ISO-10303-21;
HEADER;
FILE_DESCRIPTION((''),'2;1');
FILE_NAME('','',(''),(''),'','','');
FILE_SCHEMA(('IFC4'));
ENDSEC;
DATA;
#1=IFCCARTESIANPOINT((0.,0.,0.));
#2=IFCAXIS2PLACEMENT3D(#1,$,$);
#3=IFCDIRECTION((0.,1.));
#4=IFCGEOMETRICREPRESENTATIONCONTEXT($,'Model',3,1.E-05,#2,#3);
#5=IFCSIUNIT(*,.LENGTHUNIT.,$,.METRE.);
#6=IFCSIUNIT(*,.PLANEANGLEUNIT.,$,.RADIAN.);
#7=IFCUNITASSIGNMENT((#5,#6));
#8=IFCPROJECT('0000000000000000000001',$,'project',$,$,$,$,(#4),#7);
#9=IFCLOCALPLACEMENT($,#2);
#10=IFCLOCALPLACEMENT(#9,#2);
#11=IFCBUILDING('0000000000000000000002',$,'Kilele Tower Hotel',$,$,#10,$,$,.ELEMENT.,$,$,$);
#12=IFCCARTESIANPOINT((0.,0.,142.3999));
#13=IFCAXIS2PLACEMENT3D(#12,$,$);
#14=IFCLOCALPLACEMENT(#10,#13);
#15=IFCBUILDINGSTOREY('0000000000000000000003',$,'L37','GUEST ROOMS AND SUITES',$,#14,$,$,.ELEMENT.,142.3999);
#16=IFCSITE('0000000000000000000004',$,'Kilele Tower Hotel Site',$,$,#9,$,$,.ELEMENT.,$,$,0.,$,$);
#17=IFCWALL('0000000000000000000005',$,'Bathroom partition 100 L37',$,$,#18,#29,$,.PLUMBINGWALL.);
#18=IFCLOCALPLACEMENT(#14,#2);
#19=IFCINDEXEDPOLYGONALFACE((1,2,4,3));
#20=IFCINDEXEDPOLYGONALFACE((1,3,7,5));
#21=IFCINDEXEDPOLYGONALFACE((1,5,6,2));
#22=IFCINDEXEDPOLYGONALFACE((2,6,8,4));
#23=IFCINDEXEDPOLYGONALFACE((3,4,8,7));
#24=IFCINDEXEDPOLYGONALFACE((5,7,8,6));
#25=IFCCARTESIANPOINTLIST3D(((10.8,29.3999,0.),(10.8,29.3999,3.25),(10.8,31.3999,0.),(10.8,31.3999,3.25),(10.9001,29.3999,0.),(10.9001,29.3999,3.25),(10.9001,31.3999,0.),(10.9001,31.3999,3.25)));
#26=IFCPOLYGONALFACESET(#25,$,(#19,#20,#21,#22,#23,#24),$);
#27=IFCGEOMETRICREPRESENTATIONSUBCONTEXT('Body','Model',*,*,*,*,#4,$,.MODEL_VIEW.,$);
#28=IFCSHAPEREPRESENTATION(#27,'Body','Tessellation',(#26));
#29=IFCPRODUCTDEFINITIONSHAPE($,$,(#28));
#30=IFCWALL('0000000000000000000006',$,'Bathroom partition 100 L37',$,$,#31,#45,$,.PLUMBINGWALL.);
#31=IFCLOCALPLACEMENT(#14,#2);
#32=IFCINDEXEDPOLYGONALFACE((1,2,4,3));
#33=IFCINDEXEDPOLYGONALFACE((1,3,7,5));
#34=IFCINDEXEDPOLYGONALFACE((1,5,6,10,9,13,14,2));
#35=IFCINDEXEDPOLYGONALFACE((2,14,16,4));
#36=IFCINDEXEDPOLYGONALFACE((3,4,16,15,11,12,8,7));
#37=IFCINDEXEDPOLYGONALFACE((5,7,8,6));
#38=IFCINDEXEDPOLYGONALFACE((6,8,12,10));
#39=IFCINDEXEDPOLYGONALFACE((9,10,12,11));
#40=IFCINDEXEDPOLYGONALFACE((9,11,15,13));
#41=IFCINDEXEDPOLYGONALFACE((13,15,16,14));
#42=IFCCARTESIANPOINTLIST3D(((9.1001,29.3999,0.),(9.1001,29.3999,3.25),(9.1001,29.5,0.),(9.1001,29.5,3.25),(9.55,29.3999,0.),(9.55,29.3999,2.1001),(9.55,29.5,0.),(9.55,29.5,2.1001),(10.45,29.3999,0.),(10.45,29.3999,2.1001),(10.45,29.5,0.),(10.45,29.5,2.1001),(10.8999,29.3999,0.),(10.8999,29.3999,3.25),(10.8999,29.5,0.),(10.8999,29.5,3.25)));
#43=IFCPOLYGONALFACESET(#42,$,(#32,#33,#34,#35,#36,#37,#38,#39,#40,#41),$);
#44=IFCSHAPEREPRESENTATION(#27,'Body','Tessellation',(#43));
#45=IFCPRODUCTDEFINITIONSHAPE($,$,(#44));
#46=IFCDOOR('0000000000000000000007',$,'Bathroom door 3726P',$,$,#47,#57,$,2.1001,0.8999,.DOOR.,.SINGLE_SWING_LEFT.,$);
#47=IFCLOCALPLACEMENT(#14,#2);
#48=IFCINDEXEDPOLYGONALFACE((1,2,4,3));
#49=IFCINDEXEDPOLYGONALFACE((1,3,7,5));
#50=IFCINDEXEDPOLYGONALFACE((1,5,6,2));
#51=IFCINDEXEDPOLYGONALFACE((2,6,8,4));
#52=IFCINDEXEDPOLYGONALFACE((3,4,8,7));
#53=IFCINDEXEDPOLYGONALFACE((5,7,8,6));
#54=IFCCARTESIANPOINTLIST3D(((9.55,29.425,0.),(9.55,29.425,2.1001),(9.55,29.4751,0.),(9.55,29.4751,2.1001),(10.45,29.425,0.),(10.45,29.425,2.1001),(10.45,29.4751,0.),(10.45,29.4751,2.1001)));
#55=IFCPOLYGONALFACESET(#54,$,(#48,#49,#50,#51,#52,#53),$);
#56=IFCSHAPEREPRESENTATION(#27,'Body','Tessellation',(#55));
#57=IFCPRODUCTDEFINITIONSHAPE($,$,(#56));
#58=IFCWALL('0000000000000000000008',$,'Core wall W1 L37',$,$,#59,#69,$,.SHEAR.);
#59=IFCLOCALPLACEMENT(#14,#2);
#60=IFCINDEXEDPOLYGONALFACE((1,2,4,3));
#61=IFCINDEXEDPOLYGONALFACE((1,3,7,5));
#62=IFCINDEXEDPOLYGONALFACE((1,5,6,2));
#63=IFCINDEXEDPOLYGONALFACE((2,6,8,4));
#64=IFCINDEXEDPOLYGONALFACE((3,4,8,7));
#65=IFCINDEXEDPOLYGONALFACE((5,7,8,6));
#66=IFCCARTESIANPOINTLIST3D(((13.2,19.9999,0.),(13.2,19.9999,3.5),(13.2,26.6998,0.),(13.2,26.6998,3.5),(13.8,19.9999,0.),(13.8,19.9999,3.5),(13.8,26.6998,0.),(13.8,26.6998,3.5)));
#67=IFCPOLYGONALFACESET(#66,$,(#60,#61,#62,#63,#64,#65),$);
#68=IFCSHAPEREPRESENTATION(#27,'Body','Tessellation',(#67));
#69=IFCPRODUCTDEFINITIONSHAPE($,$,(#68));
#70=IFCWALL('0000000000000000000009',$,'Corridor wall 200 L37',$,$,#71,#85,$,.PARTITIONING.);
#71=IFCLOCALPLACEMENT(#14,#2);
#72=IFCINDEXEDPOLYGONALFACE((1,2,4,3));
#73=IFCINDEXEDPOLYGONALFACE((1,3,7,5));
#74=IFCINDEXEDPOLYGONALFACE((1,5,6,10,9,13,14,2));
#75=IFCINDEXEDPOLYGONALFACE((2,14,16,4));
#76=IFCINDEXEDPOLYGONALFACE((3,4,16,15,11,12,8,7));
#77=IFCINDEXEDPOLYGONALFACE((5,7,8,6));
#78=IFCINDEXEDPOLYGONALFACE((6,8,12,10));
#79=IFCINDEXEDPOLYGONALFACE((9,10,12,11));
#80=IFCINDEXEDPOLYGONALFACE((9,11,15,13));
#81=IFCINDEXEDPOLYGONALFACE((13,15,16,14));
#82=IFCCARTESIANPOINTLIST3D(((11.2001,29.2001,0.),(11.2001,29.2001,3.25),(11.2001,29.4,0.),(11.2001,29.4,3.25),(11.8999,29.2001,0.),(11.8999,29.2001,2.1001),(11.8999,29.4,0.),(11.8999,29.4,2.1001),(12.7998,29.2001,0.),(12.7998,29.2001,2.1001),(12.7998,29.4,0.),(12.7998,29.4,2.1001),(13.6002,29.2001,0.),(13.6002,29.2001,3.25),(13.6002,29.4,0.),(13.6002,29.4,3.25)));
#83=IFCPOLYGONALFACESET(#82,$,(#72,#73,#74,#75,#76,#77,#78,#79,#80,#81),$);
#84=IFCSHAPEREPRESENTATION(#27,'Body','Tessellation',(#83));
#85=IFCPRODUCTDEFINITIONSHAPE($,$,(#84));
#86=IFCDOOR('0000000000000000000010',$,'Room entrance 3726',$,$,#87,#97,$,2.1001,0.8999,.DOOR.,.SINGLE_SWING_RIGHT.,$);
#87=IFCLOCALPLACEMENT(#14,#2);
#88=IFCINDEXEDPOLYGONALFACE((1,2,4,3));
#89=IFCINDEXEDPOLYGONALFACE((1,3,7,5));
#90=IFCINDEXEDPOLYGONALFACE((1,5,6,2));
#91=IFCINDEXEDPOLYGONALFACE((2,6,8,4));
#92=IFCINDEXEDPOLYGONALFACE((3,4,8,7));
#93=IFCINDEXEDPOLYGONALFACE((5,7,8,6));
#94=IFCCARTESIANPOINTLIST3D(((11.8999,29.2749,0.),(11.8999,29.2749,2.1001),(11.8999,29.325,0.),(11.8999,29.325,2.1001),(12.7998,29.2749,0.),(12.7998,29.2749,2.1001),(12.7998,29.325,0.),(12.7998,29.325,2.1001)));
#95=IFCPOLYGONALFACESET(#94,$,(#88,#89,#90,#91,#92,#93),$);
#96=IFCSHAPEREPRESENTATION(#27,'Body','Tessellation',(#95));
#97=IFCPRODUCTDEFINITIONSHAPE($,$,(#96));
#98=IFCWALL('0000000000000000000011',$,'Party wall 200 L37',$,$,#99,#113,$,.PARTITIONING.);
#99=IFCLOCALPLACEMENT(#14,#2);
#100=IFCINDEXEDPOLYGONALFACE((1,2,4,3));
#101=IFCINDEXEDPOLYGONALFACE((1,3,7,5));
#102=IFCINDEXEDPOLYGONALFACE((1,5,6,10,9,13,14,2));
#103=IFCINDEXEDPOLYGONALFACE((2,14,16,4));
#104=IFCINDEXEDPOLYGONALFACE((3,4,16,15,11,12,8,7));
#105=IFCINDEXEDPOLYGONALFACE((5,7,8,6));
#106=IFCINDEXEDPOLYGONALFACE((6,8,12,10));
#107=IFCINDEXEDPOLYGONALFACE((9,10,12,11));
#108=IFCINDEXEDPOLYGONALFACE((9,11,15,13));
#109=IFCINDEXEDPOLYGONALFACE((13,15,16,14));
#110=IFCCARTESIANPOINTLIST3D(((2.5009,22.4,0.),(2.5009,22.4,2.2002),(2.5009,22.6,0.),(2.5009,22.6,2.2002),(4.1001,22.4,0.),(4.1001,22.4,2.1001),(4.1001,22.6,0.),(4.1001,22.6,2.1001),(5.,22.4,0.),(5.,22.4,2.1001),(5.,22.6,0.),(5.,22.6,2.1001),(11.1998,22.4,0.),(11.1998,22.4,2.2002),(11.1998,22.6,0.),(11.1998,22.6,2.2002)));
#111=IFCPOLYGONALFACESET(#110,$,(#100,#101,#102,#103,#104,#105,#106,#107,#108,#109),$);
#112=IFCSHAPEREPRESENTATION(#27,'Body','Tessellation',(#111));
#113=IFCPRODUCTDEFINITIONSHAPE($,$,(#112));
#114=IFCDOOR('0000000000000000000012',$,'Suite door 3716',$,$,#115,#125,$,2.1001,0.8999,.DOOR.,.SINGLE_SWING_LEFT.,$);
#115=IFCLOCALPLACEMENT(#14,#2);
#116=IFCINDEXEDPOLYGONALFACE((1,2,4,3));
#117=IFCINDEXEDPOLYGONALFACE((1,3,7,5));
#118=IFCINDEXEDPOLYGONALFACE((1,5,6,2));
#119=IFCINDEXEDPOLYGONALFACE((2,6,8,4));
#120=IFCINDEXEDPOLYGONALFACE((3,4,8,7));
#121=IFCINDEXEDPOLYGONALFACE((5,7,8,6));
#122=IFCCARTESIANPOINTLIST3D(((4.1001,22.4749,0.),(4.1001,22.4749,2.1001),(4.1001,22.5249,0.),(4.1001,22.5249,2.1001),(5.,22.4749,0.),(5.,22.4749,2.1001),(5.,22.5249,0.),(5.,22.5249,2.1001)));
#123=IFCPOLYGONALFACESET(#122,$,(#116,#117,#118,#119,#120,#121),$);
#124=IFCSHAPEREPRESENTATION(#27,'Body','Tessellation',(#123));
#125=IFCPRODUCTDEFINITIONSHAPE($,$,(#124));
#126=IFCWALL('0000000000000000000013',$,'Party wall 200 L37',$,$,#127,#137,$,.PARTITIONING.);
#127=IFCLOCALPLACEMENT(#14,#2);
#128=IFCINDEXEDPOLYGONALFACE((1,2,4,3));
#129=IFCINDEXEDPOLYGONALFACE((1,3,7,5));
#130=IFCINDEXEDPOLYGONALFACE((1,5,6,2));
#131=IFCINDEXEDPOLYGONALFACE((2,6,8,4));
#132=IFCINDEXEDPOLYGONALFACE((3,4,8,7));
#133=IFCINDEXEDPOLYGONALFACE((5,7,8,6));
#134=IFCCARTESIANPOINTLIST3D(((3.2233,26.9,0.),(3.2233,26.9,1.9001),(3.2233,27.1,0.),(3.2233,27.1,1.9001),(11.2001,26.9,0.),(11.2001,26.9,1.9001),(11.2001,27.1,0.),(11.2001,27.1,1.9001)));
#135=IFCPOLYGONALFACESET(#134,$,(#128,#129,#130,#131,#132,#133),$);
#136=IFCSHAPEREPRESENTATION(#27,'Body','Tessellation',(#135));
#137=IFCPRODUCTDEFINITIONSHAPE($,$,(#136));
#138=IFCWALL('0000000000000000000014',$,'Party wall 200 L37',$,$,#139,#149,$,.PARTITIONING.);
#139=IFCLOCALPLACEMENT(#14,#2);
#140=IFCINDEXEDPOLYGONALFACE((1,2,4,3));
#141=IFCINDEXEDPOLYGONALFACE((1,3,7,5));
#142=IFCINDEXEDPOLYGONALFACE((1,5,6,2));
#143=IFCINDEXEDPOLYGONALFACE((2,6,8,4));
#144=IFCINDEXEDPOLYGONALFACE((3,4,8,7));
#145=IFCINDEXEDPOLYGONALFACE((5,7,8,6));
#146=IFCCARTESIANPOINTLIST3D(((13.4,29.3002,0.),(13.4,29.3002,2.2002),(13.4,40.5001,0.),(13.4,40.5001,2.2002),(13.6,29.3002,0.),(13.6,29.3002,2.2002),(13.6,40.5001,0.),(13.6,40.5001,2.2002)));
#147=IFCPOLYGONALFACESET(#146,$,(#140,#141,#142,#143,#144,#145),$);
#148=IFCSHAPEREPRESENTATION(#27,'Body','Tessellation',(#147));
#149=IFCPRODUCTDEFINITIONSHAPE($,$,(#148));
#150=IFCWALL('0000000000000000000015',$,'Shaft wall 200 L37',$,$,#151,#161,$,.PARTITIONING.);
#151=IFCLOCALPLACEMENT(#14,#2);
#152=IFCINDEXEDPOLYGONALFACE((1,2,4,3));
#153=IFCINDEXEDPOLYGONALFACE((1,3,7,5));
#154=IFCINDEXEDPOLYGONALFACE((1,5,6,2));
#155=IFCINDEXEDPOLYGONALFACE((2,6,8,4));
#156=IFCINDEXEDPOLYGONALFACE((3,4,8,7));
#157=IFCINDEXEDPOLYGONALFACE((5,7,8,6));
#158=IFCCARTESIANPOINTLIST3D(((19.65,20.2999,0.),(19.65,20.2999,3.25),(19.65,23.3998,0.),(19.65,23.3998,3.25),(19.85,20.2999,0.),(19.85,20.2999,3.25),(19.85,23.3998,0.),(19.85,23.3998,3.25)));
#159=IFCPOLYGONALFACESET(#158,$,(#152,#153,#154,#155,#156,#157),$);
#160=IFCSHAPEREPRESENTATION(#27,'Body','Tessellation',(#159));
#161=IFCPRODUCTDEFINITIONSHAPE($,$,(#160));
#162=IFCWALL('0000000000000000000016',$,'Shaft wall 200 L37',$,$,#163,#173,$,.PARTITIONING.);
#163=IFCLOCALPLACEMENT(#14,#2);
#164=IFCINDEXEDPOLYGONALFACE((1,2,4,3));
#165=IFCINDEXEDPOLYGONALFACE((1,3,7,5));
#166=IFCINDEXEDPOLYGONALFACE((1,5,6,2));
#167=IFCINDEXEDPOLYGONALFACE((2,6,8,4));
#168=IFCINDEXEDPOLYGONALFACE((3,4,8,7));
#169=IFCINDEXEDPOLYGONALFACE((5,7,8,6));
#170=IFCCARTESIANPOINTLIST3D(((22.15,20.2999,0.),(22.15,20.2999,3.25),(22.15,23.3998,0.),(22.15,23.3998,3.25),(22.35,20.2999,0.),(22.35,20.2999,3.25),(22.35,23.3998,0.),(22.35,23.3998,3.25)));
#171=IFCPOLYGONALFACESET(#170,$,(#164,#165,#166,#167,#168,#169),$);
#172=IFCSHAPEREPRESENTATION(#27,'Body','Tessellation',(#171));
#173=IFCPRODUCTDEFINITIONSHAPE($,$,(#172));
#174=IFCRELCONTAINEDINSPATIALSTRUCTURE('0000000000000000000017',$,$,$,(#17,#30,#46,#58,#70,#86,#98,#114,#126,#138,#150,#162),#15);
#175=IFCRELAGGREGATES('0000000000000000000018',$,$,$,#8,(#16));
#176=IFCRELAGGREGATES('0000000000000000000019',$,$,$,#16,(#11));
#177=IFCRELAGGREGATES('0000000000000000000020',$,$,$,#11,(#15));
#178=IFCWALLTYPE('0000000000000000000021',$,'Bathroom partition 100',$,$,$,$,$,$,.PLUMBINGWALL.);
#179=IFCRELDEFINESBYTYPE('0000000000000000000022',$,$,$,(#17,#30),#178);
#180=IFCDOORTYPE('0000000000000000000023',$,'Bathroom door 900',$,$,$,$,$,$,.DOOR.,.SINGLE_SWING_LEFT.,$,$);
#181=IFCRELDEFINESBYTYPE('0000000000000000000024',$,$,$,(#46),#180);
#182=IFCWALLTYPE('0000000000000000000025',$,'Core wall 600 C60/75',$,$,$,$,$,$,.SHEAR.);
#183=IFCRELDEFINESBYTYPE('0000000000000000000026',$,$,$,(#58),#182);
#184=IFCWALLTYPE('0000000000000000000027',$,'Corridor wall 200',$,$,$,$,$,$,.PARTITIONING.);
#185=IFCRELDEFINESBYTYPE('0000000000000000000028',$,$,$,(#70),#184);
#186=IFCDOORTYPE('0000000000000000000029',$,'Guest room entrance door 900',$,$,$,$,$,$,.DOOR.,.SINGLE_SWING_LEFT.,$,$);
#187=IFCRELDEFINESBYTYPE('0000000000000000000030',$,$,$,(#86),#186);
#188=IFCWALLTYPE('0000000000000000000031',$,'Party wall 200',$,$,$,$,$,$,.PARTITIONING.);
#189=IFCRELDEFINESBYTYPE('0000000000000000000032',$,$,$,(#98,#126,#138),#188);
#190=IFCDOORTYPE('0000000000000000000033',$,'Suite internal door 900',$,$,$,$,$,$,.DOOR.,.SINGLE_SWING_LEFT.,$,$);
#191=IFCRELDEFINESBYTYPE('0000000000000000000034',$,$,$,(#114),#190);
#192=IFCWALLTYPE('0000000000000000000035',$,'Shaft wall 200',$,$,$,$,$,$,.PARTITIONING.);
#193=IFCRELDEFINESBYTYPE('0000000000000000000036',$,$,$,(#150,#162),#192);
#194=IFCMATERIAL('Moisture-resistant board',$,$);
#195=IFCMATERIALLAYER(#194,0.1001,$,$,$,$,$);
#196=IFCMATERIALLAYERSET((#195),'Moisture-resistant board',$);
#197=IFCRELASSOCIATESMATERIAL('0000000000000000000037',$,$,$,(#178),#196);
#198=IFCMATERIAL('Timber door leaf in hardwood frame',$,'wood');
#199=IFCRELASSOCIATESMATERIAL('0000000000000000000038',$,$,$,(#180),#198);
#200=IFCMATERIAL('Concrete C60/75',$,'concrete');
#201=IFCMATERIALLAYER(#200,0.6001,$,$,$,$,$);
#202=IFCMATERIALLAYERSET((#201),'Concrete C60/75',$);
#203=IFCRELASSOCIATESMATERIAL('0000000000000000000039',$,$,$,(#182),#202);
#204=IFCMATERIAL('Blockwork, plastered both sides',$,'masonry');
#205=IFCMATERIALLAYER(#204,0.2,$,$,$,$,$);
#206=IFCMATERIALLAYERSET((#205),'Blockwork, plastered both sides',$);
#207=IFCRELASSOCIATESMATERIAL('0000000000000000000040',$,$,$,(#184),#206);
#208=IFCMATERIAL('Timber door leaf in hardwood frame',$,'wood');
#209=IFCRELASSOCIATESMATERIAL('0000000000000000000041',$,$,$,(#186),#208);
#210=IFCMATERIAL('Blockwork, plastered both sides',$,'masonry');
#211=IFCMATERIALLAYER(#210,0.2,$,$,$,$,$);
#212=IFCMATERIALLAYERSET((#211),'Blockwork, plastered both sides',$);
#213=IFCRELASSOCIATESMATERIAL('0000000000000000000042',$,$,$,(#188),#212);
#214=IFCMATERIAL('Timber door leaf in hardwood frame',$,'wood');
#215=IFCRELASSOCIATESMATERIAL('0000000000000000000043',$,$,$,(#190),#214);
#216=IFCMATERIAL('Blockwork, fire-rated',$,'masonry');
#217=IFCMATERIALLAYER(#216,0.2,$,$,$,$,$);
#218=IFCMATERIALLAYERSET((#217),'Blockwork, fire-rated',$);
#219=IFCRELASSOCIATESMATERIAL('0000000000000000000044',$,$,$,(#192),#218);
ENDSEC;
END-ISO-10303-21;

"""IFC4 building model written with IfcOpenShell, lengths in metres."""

from ifc_helpers import new_model, si_unit, direction, frame, frame_2d, origin, place, context, subcontext, project, spatial, rectangle, extrude, material, layer, layer_set, type_object, element, fill, save


model = new_model("IFC4")

# Units and contexts
model_context = context("Model", 3, precision=1e-05, world=origin(), true_north=direction((0.0, 1.0)))
body_context = subcontext(model_context, "Body", "Model", "MODEL_VIEW")
ifc_project = project(units=[si_unit("LENGTHUNIT", "METRE"), si_unit("PLANEANGLEUNIT", "RADIAN")], contexts=[model_context])

# Site, building, storey
site_placement = place(None, origin())
site = spatial("IfcSite", under=ifc_project, at=site_placement, Name="Kilele Tower Hotel Site", CompositionType="ELEMENT", RefElevation=0.0)
building_placement = place(site_placement, origin())
building = spatial("IfcBuilding", under=site, at=building_placement, Name="Kilele Tower Hotel", CompositionType="ELEMENT")
storey_placement = place(building_placement, frame((0.0, 0.0, 142.3999)))
storey = spatial("IfcBuildingStorey", under=building, at=storey_placement, Name="L37", Description="GUEST ROOMS AND SUITES", CompositionType="ELEMENT", Elevation=142.3999)

# Shared definitions
ifc_material_1 = material(Name="Moisture-resistant board")
ifc_layer_1 = layer(ifc_material_1, 0.1001)
ifc_layer_set_1 = layer_set([ifc_layer_1], Name="Moisture-resistant board")
wall_type_1 = type_object("IfcWallType", Name="Bathroom partition 100", PredefinedType="PLUMBINGWALL", material=ifc_layer_set_1)

# Shared definitions
ifc_material_2 = material(Name="Timber door leaf in hardwood frame", Category="wood")
door_type_1 = type_object("IfcDoorType", Name="Bathroom door 900", OperationType="SINGLE_SWING_LEFT", PredefinedType="DOOR", material=ifc_material_2)

# Wall
wall_1_placement = place(storey_placement, frame((10.8501, 31.3999, 0.0), z_axis=(0.0, 0.0, 1.0), x_axis=(0.0, -1.0, 0.0)))
element("IfcWall", 1, at=wall_1_placement, inside=storey, type_object=wall_type_1, Name="Bathroom partition 100 L37", PredefinedType="PLUMBINGWALL", context=body_context, shape_type="SweptSolid", body=[
    extrude(rectangle(XDim=2.0, YDim=0.1001, at=frame_2d((1.0, 0.0))), origin(), (0.0, 0.0, 1.0), 3.25),
])

# Wall, opening, door
wall_2_placement = place(storey_placement, frame((10.8999, 29.45, 0.0), z_axis=(0.0, 0.0, 1.0), x_axis=(-1.0, 0.0, 0.0)))
wall_2 = element("IfcWall", 2, at=wall_2_placement, inside=storey, type_object=wall_type_1, Name="Bathroom partition 100 L37", PredefinedType="PLUMBINGWALL", context=body_context, shape_type="SweptSolid", body=[
    extrude(rectangle(XDim=1.7998, YDim=0.1001, at=frame_2d((0.8999, 0.0))), origin(), (0.0, 0.0, 1.0), 3.25),
])
opening_1_placement = place(wall_2_placement, frame((0.45, 0.0, 0.0)))
opening_1 = element("IfcOpeningElement", 3, at=opening_1_placement, cuts=wall_2, PredefinedType="OPENING", context=body_context, shape_type="SweptSolid", body=[
    extrude(rectangle(XDim=0.8999, YDim=2.1001, at=frame_2d((0.45, 1.05))), frame((0.0, 0.0601, 0.0), z_axis=(0.0, -1.0, 0.0), x_axis=(1.0, 0.0, 0.0)), (0.0, 0.0, 1.0), 0.1201),
])
door_1_placement = place(opening_1_placement, origin())
door_1 = element("IfcDoor", 4, at=door_1_placement, inside=storey, type_object=door_type_1, Name="Bathroom door 3726P", OperationType="SINGLE_SWING_LEFT", OverallHeight=2.1001, OverallWidth=0.8999, PredefinedType="DOOR", context=body_context, shape_type="SweptSolid", body=[
    extrude(rectangle(XDim=0.8999, YDim=2.1001, at=frame_2d((0.45, 1.05))), frame((0.0, 0.0249, 0.0), z_axis=(0.0, -1.0, 0.0), x_axis=(1.0, 0.0, 0.0)), (0.0, 0.0, 1.0), 0.05),
])
fill(opening_1, door_1)

# Wall
ifc_material_3 = material(Name="Concrete C60/75", Category="concrete")
ifc_layer_2 = layer(ifc_material_3, 0.6001)
ifc_layer_set_2 = layer_set([ifc_layer_2], Name="Concrete C60/75")
wall_type_2 = type_object("IfcWallType", Name="Core wall 600 C60/75", PredefinedType="SHEAR", material=ifc_layer_set_2)
wall_3_placement = place(storey_placement, frame((13.5, 26.7, 0.0), z_axis=(0.0, 0.0, 1.0), x_axis=(0.0, -1.0, 0.0)))
element("IfcWall", 5, at=wall_3_placement, inside=storey, type_object=wall_type_2, Name="Core wall W1 L37", PredefinedType="SHEAR", context=body_context, shape_type="SweptSolid", body=[
    extrude(rectangle(XDim=6.7, YDim=0.6001, at=frame_2d((3.3501, 0.0))), origin(), (0.0, 0.0, 1.0), 3.5),
])

# Walls, openings, doors
ifc_material_4 = material(Name="Blockwork, plastered both sides", Category="masonry")
ifc_layer_3 = layer(ifc_material_4, 0.2)
ifc_layer_set_3 = layer_set([ifc_layer_3], Name="Blockwork, plastered both sides")
wall_type_3 = type_object("IfcWallType", Name="Corridor wall 200", PredefinedType="PARTITIONING", material=ifc_layer_set_3)
wall_4_placement = place(storey_placement, frame((11.2, 29.3, 0.0), z_axis=(0.0, 0.0, 1.0), x_axis=(1.0, 0.0, 0.0)))
wall_4 = element("IfcWall", 6, at=wall_4_placement, inside=storey, type_object=wall_type_3, Name="Corridor wall 200 L37", PredefinedType="PARTITIONING", context=body_context, shape_type="SweptSolid", body=[
    extrude(rectangle(XDim=2.4001, YDim=0.2, at=frame_2d((1.2002, 0.0))), origin(), (0.0, 0.0, 1.0), 3.25),
])
opening_2_placement = place(wall_4_placement, frame((0.7, 0.0, 0.0)))
opening_2 = element("IfcOpeningElement", 7, at=opening_2_placement, cuts=wall_4, PredefinedType="OPENING", context=body_context, shape_type="SweptSolid", body=[
    extrude(rectangle(XDim=0.8999, YDim=2.1001, at=frame_2d((0.45, 1.05))), frame((0.0, 0.1099, 0.0), z_axis=(0.0, -1.0, 0.0), x_axis=(1.0, 0.0, 0.0)), (0.0, 0.0, 1.0), 0.22),
])
ifc_material_5 = material(Name="Timber door leaf in hardwood frame", Category="wood")
door_type_2 = type_object("IfcDoorType", Name="Guest room entrance door 900", OperationType="SINGLE_SWING_LEFT", PredefinedType="DOOR", material=ifc_material_5)
door_2_placement = place(opening_2_placement, origin())
door_2 = element("IfcDoor", 8, at=door_2_placement, inside=storey, type_object=door_type_2, Name="Room entrance 3726", OperationType="SINGLE_SWING_RIGHT", OverallHeight=2.1001, OverallWidth=0.8999, PredefinedType="DOOR", context=body_context, shape_type="SweptSolid", body=[
    extrude(rectangle(XDim=0.8999, YDim=2.1001, at=frame_2d((0.45, 1.05))), frame((0.0, 0.0249, 0.0), z_axis=(0.0, -1.0, 0.0), x_axis=(1.0, 0.0, 0.0)), (0.0, 0.0, 1.0), 0.05),
])
fill(opening_2, door_2)
ifc_material_6 = material(Name="Blockwork, plastered both sides", Category="masonry")
ifc_layer_4 = layer(ifc_material_6, 0.2)
ifc_layer_set_4 = layer_set([ifc_layer_4], Name="Blockwork, plastered both sides")
wall_type_4 = type_object("IfcWallType", Name="Party wall 200", PredefinedType="PARTITIONING", material=ifc_layer_set_4)
wall_5_placement = place(storey_placement, frame((11.2, 22.5, 0.0), z_axis=(0.0, 0.0, 1.0), x_axis=(-1.0, 0.0, 0.0)))
wall_5 = element("IfcWall", 9, at=wall_5_placement, inside=storey, type_object=wall_type_4, Name="Party wall 200 L37", PredefinedType="PARTITIONING", context=body_context, shape_type="SweptSolid", body=[
    extrude(rectangle(XDim=8.699, YDim=0.2, at=frame_2d((4.3496, 0.0))), origin(), (0.0, 0.0, 1.0), 2.2002),
])
opening_3_placement = place(wall_5_placement, frame((7.0999, 0.0, 0.0), z_axis=(0.0, 0.0, 1.0), x_axis=(-1.0, 0.0, 0.0)))
opening_3 = element("IfcOpeningElement", 10, at=opening_3_placement, cuts=wall_5, PredefinedType="OPENING", context=body_context, shape_type="SweptSolid", body=[
    extrude(rectangle(XDim=0.8999, YDim=2.1001, at=frame_2d((0.45, 1.05))), frame((0.0, 0.1099, 0.0), z_axis=(0.0, -1.0, 0.0), x_axis=(1.0, 0.0, 0.0)), (0.0, 0.0, 1.0), 0.22),
])
ifc_material_7 = material(Name="Timber door leaf in hardwood frame", Category="wood")
door_type_3 = type_object("IfcDoorType", Name="Suite internal door 900", OperationType="SINGLE_SWING_LEFT", PredefinedType="DOOR", material=ifc_material_7)
door_3_placement = place(opening_3_placement, origin())
door_3 = element("IfcDoor", 11, at=door_3_placement, inside=storey, type_object=door_type_3, Name="Suite door 3716", OperationType="SINGLE_SWING_LEFT", OverallHeight=2.1001, OverallWidth=0.8999, PredefinedType="DOOR", context=body_context, shape_type="SweptSolid", body=[
    extrude(rectangle(XDim=0.8999, YDim=2.1001, at=frame_2d((0.45, 1.05))), frame((0.0, 0.0249, 0.0), z_axis=(0.0, -1.0, 0.0), x_axis=(1.0, 0.0, 0.0)), (0.0, 0.0, 1.0), 0.05),
])
fill(opening_3, door_3)

# Walls
wall_6_placement = place(storey_placement, frame((11.2, 27.0, 0.0), z_axis=(0.0, 0.0, 1.0), x_axis=(-1.0, 0.0, 0.0)))
element("IfcWall", 12, at=wall_6_placement, inside=storey, type_object=wall_type_4, Name="Party wall 200 L37", PredefinedType="PARTITIONING", context=body_context, shape_type="SweptSolid", body=[
    extrude(rectangle(XDim=7.9768, YDim=0.2, at=frame_2d((3.9883, 0.0))), origin(), (0.0, 0.0, 1.0), 1.9001),
])
wall_7_placement = place(storey_placement, frame((13.5, 29.3, 0.0), z_axis=(0.0, 0.0, 1.0), x_axis=(0.0, 1.0, 0.0)))
element("IfcWall", 13, at=wall_7_placement, inside=storey, type_object=wall_type_4, Name="Party wall 200 L37", PredefinedType="PARTITIONING", context=body_context, shape_type="SweptSolid", body=[
    extrude(rectangle(XDim=11.2, YDim=0.2, at=frame_2d((5.6001, 0.0))), origin(), (0.0, 0.0, 1.0), 2.2002),
])
ifc_material_8 = material(Name="Blockwork, fire-rated", Category="masonry")
ifc_layer_5 = layer(ifc_material_8, 0.2)
ifc_layer_set_5 = layer_set([ifc_layer_5], Name="Blockwork, fire-rated")
wall_type_5 = type_object("IfcWallType", Name="Shaft wall 200", PredefinedType="PARTITIONING", material=ifc_layer_set_5)
for number, where, z_axis, x_axis, name in (
    (14, (19.75, 20.3, 0.0), (0.0, 0.0, 1.0), (0.0, 1.0, 0.0), "Shaft wall 200 L37"),
    (15, (22.25, 20.3, 0.0), (0.0, 0.0, 1.0), (0.0, 1.0, 0.0), "Shaft wall 200 L37"),
):
    element("IfcWall", number, at=place(storey_placement, frame(where, z_axis=z_axis, x_axis=x_axis)), inside=storey, type_object=wall_type_5, Name=name, PredefinedType="PARTITIONING", context=body_context, shape_type="SweptSolid", body=[
        extrude(rectangle(XDim=3.0999, YDim=0.2, at=frame_2d((1.5498, 0.0))), origin(), (0.0, 0.0, 1.0), 3.25),
    ])

save(model, "model.ifc")
